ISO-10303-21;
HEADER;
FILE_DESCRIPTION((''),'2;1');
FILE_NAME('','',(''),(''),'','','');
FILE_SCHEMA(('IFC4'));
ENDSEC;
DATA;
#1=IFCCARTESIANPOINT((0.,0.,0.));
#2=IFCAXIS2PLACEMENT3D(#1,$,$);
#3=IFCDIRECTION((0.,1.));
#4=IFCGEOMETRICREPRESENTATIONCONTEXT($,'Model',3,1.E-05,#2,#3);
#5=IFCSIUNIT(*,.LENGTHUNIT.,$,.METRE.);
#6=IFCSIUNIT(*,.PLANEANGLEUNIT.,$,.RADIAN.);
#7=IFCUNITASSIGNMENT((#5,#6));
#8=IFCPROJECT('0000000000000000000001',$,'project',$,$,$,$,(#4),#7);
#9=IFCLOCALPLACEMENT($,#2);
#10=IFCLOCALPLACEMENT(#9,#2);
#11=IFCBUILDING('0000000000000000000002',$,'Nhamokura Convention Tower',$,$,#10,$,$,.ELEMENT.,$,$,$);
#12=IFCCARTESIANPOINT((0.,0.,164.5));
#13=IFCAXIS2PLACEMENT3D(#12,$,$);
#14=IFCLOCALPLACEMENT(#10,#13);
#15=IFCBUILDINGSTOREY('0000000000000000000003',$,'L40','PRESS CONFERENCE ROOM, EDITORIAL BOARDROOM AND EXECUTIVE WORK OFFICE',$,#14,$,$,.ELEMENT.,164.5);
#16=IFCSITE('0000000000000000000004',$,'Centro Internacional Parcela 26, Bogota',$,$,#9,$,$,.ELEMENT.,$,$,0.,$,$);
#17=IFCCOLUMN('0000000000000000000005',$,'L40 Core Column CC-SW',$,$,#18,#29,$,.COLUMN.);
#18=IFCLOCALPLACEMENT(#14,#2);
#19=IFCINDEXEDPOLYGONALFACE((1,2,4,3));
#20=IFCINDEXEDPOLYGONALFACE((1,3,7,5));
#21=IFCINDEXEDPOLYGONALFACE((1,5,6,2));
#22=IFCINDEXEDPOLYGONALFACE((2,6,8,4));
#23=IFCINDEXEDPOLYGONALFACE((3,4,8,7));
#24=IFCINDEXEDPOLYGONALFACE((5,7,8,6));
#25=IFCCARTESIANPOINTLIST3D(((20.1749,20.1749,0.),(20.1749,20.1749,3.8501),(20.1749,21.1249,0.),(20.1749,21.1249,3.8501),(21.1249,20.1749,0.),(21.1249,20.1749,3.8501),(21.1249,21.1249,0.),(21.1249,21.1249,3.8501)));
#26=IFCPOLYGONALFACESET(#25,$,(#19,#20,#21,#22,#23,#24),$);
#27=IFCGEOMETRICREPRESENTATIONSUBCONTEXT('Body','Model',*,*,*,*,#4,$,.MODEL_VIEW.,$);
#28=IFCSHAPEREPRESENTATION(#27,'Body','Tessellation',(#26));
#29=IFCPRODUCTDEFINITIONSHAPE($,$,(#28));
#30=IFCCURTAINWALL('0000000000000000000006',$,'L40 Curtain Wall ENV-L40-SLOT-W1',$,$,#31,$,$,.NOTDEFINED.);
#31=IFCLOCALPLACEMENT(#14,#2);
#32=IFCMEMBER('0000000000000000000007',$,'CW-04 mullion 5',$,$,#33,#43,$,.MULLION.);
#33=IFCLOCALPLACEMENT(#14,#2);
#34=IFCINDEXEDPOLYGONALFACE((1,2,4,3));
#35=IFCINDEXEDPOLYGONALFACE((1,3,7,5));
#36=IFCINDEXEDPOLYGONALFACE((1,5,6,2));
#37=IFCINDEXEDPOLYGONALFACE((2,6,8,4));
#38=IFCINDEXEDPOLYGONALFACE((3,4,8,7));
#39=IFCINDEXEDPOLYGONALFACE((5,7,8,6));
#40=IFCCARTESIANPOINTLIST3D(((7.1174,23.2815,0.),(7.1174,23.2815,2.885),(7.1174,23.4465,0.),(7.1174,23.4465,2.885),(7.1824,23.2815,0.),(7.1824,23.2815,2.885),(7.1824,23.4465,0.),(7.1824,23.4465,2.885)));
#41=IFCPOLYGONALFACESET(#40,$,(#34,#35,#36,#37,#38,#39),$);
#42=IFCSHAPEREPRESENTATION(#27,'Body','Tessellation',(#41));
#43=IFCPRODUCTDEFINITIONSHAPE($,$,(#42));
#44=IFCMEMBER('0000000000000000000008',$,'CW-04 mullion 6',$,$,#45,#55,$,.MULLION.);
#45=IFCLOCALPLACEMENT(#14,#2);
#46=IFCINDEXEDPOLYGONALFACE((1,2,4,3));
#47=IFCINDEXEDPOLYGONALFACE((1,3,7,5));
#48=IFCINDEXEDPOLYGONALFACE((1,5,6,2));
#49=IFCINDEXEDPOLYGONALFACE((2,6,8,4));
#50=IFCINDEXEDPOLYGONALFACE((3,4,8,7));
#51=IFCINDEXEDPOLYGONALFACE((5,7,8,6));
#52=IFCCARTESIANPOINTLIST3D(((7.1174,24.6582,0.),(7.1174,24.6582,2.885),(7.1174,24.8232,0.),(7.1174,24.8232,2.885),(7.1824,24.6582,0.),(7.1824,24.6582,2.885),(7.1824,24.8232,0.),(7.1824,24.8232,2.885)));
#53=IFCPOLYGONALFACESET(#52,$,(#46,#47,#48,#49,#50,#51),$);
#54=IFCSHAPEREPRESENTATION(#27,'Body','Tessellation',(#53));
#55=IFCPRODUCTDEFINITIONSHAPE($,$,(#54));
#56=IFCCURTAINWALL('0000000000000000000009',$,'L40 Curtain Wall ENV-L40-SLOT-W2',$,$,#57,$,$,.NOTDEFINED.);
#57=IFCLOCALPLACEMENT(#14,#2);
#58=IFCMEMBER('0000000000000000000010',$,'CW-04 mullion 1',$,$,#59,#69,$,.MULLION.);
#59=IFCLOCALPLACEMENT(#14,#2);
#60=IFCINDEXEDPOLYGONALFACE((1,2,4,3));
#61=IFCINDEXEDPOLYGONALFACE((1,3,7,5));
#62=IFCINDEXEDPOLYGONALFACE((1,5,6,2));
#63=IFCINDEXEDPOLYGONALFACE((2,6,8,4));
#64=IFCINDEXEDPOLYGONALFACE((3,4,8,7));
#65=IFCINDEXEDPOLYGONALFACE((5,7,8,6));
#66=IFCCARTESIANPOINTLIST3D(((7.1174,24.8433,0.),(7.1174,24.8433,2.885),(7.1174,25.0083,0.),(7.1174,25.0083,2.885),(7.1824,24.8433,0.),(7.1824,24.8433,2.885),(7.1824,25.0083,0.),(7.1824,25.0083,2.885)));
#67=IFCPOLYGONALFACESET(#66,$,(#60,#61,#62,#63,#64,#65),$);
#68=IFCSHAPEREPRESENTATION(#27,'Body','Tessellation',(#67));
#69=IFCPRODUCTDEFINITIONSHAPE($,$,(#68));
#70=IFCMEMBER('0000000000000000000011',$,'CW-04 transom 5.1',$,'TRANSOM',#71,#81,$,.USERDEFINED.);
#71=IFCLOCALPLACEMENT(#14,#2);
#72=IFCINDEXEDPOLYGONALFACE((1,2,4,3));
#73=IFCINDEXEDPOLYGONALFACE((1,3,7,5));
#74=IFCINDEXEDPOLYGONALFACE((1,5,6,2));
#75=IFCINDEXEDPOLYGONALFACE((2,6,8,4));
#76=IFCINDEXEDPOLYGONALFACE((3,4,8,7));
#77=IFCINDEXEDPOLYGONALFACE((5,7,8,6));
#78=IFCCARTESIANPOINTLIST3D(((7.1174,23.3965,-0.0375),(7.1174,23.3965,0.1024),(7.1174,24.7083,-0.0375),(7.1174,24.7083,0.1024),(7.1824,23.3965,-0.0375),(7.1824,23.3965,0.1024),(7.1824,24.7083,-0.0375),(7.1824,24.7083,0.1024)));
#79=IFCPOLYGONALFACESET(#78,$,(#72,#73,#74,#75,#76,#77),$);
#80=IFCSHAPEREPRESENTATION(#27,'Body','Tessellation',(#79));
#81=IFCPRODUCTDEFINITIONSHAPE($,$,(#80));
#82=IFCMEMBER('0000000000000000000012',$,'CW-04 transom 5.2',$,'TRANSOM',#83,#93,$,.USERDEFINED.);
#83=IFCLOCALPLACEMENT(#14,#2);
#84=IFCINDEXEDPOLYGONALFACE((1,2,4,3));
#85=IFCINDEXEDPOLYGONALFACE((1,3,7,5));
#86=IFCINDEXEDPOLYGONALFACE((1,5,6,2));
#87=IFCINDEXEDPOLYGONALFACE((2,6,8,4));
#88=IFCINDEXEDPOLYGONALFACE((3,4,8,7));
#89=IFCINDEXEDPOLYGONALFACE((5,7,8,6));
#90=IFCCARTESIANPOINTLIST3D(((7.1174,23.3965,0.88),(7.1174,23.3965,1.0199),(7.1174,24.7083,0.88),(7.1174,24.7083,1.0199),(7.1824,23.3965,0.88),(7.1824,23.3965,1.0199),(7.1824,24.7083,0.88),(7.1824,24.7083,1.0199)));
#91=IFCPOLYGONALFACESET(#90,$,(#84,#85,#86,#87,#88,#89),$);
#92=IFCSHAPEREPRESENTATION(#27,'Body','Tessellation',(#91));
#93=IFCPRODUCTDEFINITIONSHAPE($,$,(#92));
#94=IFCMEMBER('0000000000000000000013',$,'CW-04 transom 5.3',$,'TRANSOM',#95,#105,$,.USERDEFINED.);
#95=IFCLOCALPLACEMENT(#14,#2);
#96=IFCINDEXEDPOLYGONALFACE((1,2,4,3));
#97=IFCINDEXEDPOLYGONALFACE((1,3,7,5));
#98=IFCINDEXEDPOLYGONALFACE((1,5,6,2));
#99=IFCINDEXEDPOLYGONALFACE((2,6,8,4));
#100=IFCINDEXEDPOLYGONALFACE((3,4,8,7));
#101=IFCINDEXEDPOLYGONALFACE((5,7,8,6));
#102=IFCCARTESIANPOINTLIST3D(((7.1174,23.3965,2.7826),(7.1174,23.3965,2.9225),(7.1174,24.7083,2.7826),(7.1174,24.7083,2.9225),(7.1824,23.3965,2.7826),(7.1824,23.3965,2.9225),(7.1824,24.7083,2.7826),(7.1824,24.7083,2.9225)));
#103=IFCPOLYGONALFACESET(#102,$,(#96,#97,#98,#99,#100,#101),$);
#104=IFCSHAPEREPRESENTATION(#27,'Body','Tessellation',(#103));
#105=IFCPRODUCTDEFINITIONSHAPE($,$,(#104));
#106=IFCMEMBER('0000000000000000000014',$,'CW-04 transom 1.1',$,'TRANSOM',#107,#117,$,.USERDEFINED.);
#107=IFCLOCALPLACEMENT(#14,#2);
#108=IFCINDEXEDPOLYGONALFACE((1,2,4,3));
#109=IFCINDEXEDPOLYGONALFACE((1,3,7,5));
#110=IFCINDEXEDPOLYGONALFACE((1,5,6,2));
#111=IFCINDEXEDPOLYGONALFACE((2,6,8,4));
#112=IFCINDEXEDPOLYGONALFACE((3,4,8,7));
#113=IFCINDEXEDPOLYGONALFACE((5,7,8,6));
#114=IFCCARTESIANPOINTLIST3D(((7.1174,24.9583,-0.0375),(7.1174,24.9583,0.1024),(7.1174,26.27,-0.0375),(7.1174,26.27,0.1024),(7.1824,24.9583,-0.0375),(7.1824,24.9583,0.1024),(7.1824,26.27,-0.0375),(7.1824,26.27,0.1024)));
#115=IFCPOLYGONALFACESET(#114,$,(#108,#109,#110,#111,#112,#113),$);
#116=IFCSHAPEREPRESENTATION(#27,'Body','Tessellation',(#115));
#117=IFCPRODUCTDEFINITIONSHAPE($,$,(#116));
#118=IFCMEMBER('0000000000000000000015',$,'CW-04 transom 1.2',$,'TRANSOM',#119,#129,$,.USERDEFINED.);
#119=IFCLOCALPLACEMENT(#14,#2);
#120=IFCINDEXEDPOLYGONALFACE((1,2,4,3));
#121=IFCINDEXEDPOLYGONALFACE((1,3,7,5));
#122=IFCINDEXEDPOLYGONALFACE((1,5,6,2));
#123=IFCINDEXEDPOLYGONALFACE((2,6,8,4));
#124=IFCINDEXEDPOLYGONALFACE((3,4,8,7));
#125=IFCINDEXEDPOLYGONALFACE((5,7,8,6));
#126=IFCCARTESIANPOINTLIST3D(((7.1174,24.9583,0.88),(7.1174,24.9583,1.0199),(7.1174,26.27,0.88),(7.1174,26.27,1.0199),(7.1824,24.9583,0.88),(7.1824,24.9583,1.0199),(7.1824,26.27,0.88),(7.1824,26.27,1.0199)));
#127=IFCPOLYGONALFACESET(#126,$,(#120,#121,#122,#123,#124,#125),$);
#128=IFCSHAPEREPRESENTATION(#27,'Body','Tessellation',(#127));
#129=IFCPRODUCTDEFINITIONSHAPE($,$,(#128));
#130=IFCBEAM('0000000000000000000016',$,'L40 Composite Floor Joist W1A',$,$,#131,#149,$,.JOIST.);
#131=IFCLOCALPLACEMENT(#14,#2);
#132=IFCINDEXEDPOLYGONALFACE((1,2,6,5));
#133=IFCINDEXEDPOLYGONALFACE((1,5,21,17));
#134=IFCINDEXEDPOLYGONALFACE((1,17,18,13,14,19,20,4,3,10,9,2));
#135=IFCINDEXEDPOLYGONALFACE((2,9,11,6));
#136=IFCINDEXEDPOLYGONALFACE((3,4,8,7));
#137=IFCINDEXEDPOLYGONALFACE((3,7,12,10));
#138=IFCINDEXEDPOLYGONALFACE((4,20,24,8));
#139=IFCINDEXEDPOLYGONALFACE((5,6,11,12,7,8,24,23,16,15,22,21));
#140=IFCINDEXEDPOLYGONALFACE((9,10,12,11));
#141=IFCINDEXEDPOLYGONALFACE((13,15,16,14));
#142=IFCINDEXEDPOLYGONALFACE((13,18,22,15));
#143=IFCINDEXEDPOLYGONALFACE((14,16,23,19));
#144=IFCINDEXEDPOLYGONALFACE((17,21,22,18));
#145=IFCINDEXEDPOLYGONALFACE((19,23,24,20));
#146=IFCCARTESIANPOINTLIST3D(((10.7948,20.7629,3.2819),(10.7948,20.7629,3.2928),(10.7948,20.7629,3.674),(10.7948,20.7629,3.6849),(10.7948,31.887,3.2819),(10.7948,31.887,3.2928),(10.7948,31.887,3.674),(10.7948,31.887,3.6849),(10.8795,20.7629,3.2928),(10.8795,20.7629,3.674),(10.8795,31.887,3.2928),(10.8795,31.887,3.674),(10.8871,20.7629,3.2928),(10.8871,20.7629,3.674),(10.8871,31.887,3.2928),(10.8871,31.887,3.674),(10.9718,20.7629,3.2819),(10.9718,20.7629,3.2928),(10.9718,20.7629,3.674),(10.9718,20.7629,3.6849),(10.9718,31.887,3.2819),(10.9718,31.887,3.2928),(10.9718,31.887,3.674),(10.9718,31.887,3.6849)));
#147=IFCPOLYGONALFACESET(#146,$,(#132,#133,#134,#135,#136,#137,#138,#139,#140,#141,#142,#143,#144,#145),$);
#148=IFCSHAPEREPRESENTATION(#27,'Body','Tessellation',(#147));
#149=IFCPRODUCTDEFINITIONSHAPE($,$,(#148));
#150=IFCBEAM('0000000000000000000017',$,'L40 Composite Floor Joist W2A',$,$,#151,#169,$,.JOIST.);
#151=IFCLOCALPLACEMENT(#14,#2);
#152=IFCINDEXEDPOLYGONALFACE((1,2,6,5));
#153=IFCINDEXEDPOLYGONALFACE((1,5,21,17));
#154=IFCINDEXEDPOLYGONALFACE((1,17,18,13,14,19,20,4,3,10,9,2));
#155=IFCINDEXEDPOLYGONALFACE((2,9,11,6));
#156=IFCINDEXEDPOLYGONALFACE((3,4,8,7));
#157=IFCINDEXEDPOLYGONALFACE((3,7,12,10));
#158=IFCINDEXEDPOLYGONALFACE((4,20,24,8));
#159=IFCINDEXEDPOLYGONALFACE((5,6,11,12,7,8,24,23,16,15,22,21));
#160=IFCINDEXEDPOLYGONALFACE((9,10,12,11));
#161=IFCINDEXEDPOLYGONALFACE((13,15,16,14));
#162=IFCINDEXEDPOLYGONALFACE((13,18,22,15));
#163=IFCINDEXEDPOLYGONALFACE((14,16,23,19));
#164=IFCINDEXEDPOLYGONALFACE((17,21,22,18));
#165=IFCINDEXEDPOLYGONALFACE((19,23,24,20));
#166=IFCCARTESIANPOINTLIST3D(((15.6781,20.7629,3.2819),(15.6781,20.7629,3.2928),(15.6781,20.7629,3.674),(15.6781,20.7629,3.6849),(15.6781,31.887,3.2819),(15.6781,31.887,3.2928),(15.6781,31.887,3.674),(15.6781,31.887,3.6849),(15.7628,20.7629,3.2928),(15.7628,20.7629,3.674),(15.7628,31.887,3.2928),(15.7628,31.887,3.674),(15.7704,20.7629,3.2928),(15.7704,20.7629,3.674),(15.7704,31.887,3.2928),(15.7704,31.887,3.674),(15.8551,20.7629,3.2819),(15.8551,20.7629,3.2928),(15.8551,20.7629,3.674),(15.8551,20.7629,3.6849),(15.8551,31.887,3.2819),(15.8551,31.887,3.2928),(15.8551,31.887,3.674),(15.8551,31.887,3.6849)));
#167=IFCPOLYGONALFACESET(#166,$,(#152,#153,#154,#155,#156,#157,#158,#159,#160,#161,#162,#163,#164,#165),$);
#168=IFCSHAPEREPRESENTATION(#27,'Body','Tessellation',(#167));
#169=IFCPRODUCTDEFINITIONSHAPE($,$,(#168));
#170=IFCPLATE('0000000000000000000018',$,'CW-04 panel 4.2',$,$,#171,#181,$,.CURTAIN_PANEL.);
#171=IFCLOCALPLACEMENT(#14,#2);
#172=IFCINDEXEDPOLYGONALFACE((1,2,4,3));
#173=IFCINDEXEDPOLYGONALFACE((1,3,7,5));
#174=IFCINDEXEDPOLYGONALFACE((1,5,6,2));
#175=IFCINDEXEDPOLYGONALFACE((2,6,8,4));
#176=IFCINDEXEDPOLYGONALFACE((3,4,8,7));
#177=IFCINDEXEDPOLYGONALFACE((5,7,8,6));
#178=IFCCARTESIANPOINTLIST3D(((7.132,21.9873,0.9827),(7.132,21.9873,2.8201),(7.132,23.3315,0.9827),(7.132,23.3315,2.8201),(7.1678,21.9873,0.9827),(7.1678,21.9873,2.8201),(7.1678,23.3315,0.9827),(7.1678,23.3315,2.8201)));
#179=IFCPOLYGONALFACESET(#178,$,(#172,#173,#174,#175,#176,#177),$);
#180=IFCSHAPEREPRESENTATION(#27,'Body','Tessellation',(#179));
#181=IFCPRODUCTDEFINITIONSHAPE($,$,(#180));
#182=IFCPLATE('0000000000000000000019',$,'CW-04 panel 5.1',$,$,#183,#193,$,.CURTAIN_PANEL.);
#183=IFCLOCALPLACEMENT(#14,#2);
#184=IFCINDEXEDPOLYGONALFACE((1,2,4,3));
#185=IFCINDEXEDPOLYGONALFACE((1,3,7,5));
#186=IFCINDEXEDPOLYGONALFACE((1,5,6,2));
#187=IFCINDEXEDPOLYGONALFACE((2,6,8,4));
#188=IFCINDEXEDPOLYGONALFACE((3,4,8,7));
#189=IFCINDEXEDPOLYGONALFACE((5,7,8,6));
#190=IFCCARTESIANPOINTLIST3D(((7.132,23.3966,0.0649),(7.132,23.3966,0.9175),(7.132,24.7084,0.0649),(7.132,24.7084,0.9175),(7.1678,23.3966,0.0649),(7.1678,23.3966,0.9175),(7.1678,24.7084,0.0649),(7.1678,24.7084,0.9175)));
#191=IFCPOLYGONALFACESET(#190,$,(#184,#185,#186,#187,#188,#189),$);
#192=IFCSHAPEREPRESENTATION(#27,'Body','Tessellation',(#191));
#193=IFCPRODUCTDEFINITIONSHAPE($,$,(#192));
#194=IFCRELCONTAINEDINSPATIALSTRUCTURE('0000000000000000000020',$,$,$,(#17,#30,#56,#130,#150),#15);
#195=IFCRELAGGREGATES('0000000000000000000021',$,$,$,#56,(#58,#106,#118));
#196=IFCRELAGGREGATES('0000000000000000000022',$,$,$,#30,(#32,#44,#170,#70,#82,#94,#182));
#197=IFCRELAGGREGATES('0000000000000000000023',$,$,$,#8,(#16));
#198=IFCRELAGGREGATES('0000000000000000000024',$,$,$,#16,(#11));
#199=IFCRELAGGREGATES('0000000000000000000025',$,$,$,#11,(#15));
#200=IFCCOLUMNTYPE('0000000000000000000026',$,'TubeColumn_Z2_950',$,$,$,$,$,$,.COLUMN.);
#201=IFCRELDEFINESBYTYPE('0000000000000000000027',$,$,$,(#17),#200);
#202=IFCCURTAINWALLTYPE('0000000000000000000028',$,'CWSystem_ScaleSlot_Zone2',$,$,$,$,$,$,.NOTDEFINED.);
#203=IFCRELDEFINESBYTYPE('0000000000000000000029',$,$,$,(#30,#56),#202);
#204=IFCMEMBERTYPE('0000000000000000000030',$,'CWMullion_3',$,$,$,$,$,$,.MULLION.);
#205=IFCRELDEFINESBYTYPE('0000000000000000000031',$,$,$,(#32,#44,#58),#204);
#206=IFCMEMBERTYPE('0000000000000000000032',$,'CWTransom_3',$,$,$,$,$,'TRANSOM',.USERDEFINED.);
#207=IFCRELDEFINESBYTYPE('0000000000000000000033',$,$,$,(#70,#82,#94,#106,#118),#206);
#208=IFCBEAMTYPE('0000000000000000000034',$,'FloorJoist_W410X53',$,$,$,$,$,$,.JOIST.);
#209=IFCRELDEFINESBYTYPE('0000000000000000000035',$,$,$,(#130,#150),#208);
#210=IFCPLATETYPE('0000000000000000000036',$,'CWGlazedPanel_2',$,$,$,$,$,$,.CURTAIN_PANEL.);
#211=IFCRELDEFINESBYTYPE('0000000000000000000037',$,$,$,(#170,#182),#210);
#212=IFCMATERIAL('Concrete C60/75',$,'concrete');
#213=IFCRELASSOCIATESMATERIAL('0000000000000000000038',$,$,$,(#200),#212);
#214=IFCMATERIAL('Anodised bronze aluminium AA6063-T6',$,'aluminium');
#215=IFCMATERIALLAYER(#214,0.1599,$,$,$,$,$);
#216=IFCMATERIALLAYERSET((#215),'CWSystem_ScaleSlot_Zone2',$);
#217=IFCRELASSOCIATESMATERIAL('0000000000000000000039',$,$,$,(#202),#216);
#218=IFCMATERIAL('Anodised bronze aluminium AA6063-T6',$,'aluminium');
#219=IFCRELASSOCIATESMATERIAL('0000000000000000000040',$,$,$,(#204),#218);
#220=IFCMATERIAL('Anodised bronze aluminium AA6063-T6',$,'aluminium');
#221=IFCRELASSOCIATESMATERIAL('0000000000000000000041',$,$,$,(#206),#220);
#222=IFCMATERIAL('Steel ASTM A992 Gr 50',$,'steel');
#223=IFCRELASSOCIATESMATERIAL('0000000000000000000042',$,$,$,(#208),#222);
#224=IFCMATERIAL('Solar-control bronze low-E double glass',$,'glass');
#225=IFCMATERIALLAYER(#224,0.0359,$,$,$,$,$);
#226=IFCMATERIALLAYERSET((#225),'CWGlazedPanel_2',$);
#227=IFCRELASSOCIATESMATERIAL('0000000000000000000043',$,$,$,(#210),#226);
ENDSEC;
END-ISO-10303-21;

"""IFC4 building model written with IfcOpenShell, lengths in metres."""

from ifc_helpers import new_model, si_unit, direction, frame, origin, origin_2d, place, context, subcontext, project, spatial, rectangle, i_section, extrude, material, layer, layer_set, material_profile, profile_set, type_object, element, aggregate, save


model = new_model("IFC4")

# Units and contexts
model_context = context("Model", 3, precision=1e-05, world=origin(), true_north=direction((0.0, 1.0)))
body_context = subcontext(model_context, "Body", "Model", "MODEL_VIEW")
ifc_project = project(units=[si_unit("LENGTHUNIT", "METRE"), si_unit("PLANEANGLEUNIT", "RADIAN")], contexts=[model_context])

# Site, building, storey
site_placement = place(None, origin())
site = spatial("IfcSite", under=ifc_project, at=site_placement, Name="Centro Internacional Parcela 26, Bogota", CompositionType="ELEMENT", RefElevation=0.0)
building_placement = place(site_placement, origin())
building = spatial("IfcBuilding", under=site, at=building_placement, Name="Nhamokura Convention Tower", CompositionType="ELEMENT")
storey_placement = place(building_placement, frame((0.0, 0.0, 164.5)))
storey = spatial("IfcBuildingStorey", under=building, at=storey_placement, Name="L40", Description="PRESS CONFERENCE ROOM, EDITORIAL BOARDROOM AND EXECUTIVE WORK OFFICE", CompositionType="ELEMENT", Elevation=164.5)

# Column
ifc_material_1 = material(Name="Concrete C60/75", Category="concrete")
ifc_material_profile_1 = material_profile(ifc_material_1, rectangle(XDim=0.95, YDim=0.95, at=origin_2d()))
ifc_profile_set_1 = profile_set([ifc_material_profile_1], Name="Concrete C60/75")
column_type = type_object("IfcColumnType", Name="TubeColumn_Z2_950", PredefinedType="COLUMN", material=ifc_profile_set_1)
column_placement = place(storey_placement, frame((20.6499, 20.6499, 0.0), z_axis=(0.0, 0.0, 1.0), x_axis=(1.0, 0.0, 0.0)))
element("IfcColumn", 1, at=column_placement, inside=storey, type_object=column_type, Name="L40 Core Column CC-SW", PredefinedType="COLUMN", context=body_context, shape_type="SweptSolid", body=[
    extrude(rectangle(XDim=0.95, YDim=0.95, at=origin_2d()), origin(), (0.0, 0.0, 1.0), 3.8501),
])

# Curtain wall, members
ifc_material_2 = material(Name="Anodised bronze aluminium AA6063-T6", Category="aluminium")
ifc_layer_1 = layer(ifc_material_2, 0.1599)
ifc_layer_set_1 = layer_set([ifc_layer_1], Name="CWSystem_ScaleSlot_Zone2")
curtain_wall_type = type_object("IfcCurtainWallType", Name="CWSystem_ScaleSlot_Zone2", PredefinedType="NOTDEFINED", material=ifc_layer_set_1)
curtain_wall_1_placement = place(storey_placement, origin())
curtain_wall_1 = element("IfcCurtainWall", 2, at=curtain_wall_1_placement, inside=storey, type_object=curtain_wall_type, Name="L40 Curtain Wall ENV-L40-SLOT-W1", PredefinedType="NOTDEFINED")
ifc_material_3 = material(Name="Anodised bronze aluminium AA6063-T6", Category="aluminium")
ifc_material_profile_2 = material_profile(ifc_material_3, rectangle(XDim=0.0649, YDim=0.165, at=origin_2d()))
ifc_profile_set_2 = profile_set([ifc_material_profile_2], Name="Anodised bronze aluminium AA6063-T6")
member_type_1 = type_object("IfcMemberType", Name="CWMullion_3", PredefinedType="MULLION", material=ifc_profile_set_2)
member_1_placement = place(storey_placement, frame((7.1499, 23.364, 0.0), z_axis=(0.0, 0.0, 1.0), x_axis=(-1.0, 0.0, 0.0)))
member_1 = element("IfcMember", 3, at=member_1_placement, type_object=member_type_1, Name="CW-04 mullion 5", PredefinedType="MULLION", context=body_context, shape_type="SweptSolid", body=[
    extrude(rectangle(XDim=0.0649, YDim=0.165, at=origin_2d()), origin(), (0.0, 0.0, 1.0), 2.885),
])
member_2_placement = place(storey_placement, frame((7.1499, 24.7407, 0.0), z_axis=(0.0, 0.0, 1.0), x_axis=(-1.0, 0.0, 0.0)))
member_2 = element("IfcMember", 4, at=member_2_placement, type_object=member_type_1, Name="CW-04 mullion 6", PredefinedType="MULLION", context=body_context, shape_type="SweptSolid", body=[
    extrude(rectangle(XDim=0.0649, YDim=0.165, at=origin_2d()), origin(), (0.0, 0.0, 1.0), 2.885),
])

# Curtain wall, member
curtain_wall_2_placement = place(storey_placement, origin())
curtain_wall_2 = element("IfcCurtainWall", 5, at=curtain_wall_2_placement, inside=storey, type_object=curtain_wall_type, Name="L40 Curtain Wall ENV-L40-SLOT-W2", PredefinedType="NOTDEFINED")
member_3_placement = place(storey_placement, frame((7.1499, 24.9258, 0.0), z_axis=(0.0, 0.0, 1.0), x_axis=(-1.0, 0.0, 0.0)))
member_3 = element("IfcMember", 6, at=member_3_placement, type_object=member_type_1, Name="CW-04 mullion 1", PredefinedType="MULLION", context=body_context, shape_type="SweptSolid", body=[
    extrude(rectangle(XDim=0.0649, YDim=0.165, at=origin_2d()), origin(), (0.0, 0.0, 1.0), 2.885),
])

# Members
ifc_material_4 = material(Name="Anodised bronze aluminium AA6063-T6", Category="aluminium")
ifc_material_profile_3 = material_profile(ifc_material_4, rectangle(XDim=0.0649, YDim=0.1399, at=origin_2d()))
ifc_profile_set_3 = profile_set([ifc_material_profile_3], Name="Anodised bronze aluminium AA6063-T6")
member_type_2 = type_object("IfcMemberType", Name="CWTransom_3", ElementType="TRANSOM", PredefinedType="USERDEFINED", material=ifc_profile_set_3)
member_4_placement = place(storey_placement, frame((7.1499, 23.3965, 0.0325), z_axis=(0.0, 1.0, 0.0), x_axis=(-1.0, 0.0, 0.0)))
member_4 = element("IfcMember", 7, at=member_4_placement, type_object=member_type_2, Name="CW-04 transom 5.1", ObjectType="TRANSOM", PredefinedType="USERDEFINED", context=body_context, shape_type="SweptSolid", body=[
    extrude(rectangle(XDim=0.0649, YDim=0.1399, at=origin_2d()), origin(), (0.0, 0.0, 1.0), 1.3118),
])
member_5_placement = place(storey_placement, frame((7.1499, 23.3965, 0.95), z_axis=(0.0, 1.0, 0.0), x_axis=(-1.0, 0.0, 0.0)))
member_5 = element("IfcMember", 8, at=member_5_placement, type_object=member_type_2, Name="CW-04 transom 5.2", ObjectType="TRANSOM", PredefinedType="USERDEFINED", context=body_context, shape_type="SweptSolid", body=[
    extrude(rectangle(XDim=0.0649, YDim=0.1399, at=origin_2d()), origin(), (0.0, 0.0, 1.0), 1.3118),
])
member_6_placement = place(storey_placement, frame((7.1499, 23.3965, 2.8525), z_axis=(0.0, 1.0, 0.0), x_axis=(-1.0, 0.0, 0.0)))
member_6 = element("IfcMember", 9, at=member_6_placement, type_object=member_type_2, Name="CW-04 transom 5.3", ObjectType="TRANSOM", PredefinedType="USERDEFINED", context=body_context, shape_type="SweptSolid", body=[
    extrude(rectangle(XDim=0.0649, YDim=0.1399, at=origin_2d()), origin(), (0.0, 0.0, 1.0), 1.3118),
])
member_7_placement = place(storey_placement, frame((7.1499, 24.9583, 0.0325), z_axis=(0.0, 1.0, 0.0), x_axis=(-1.0, 0.0, 0.0)))
member_7 = element("IfcMember", 10, at=member_7_placement, type_object=member_type_2, Name="CW-04 transom 1.1", ObjectType="TRANSOM", PredefinedType="USERDEFINED", context=body_context, shape_type="SweptSolid", body=[
    extrude(rectangle(XDim=0.0649, YDim=0.1399, at=origin_2d()), origin(), (0.0, 0.0, 1.0), 1.3118),
])
member_8_placement = place(storey_placement, frame((7.1499, 24.9583, 0.95), z_axis=(0.0, 1.0, 0.0), x_axis=(-1.0, 0.0, 0.0)))
member_8 = element("IfcMember", 11, at=member_8_placement, type_object=member_type_2, Name="CW-04 transom 1.2", ObjectType="TRANSOM", PredefinedType="USERDEFINED", context=body_context, shape_type="SweptSolid", body=[
    extrude(rectangle(XDim=0.0649, YDim=0.1399, at=origin_2d()), origin(), (0.0, 0.0, 1.0), 1.3118),
])
aggregate(curtain_wall_2, [member_3, member_7, member_8])

# Beams
ifc_material_5 = material(Name="Steel ASTM A992 Gr 50", Category="steel")
ifc_material_profile_4 = material_profile(ifc_material_5, i_section(OverallWidth=0.177, OverallDepth=0.4031, WebThickness=0.0076, FlangeThickness=0.011, at=origin_2d()))
ifc_profile_set_4 = profile_set([ifc_material_profile_4], Name="Steel ASTM A992 Gr 50")
beam_type = type_object("IfcBeamType", Name="FloorJoist_W410X53", PredefinedType="JOIST", material=ifc_profile_set_4)
for number, where, z_axis, x_axis, name in (
    (12, (10.8833, 20.7629, 3.4834), (0.0, 1.0, 0.0), (-1.0, 0.0, 0.0), "L40 Composite Floor Joist W1A"),
    (13, (15.7666, 20.7629, 3.4834), (0.0, 1.0, 0.0), (-1.0, 0.0, 0.0), "L40 Composite Floor Joist W2A"),
):
    element("IfcBeam", number, at=place(storey_placement, frame(where, z_axis=z_axis, x_axis=x_axis)), inside=storey, type_object=beam_type, Name=name, PredefinedType="JOIST", context=body_context, shape_type="SweptSolid", body=[
        extrude(i_section(OverallWidth=0.177, OverallDepth=0.4031, WebThickness=0.0076, FlangeThickness=0.011, at=origin_2d()), origin(), (0.0, 0.0, 1.0), 11.124),
    ])

# Plates
ifc_material_6 = material(Name="Solar-control bronze low-E double glass", Category="glass")
ifc_layer_2 = layer(ifc_material_6, 0.0359)
ifc_layer_set_2 = layer_set([ifc_layer_2], Name="CWGlazedPanel_2")
plate_type = type_object("IfcPlateType", Name="CWGlazedPanel_2", PredefinedType="CURTAIN_PANEL", material=ifc_layer_set_2)
plate_1_placement = place(storey_placement, frame((7.1499, 22.6594, 0.9827), z_axis=(0.0, 0.0, 1.0), x_axis=(0.0, 1.0, 0.0)))
plate_1 = element("IfcPlate", 14, at=plate_1_placement, type_object=plate_type, Name="CW-04 panel 4.2", PredefinedType="CURTAIN_PANEL", context=body_context, shape_type="SweptSolid", body=[
    extrude(rectangle(XDim=1.3442, YDim=0.0359, at=origin_2d()), origin(), (0.0, 0.0, 1.0), 1.8374),
])
plate_2_placement = place(storey_placement, frame((7.1499, 24.0525, 0.0649), z_axis=(0.0, 0.0, 1.0), x_axis=(0.0, 1.0, 0.0)))
plate_2 = element("IfcPlate", 15, at=plate_2_placement, type_object=plate_type, Name="CW-04 panel 5.1", PredefinedType="CURTAIN_PANEL", context=body_context, shape_type="SweptSolid", body=[
    extrude(rectangle(XDim=1.3118, YDim=0.0359, at=origin_2d()), origin(), (0.0, 0.0, 1.0), 0.8525),
])
aggregate(curtain_wall_1, [member_1, member_2, plate_1, member_4, member_5, member_6, plate_2])

save(model, "model.ifc")
